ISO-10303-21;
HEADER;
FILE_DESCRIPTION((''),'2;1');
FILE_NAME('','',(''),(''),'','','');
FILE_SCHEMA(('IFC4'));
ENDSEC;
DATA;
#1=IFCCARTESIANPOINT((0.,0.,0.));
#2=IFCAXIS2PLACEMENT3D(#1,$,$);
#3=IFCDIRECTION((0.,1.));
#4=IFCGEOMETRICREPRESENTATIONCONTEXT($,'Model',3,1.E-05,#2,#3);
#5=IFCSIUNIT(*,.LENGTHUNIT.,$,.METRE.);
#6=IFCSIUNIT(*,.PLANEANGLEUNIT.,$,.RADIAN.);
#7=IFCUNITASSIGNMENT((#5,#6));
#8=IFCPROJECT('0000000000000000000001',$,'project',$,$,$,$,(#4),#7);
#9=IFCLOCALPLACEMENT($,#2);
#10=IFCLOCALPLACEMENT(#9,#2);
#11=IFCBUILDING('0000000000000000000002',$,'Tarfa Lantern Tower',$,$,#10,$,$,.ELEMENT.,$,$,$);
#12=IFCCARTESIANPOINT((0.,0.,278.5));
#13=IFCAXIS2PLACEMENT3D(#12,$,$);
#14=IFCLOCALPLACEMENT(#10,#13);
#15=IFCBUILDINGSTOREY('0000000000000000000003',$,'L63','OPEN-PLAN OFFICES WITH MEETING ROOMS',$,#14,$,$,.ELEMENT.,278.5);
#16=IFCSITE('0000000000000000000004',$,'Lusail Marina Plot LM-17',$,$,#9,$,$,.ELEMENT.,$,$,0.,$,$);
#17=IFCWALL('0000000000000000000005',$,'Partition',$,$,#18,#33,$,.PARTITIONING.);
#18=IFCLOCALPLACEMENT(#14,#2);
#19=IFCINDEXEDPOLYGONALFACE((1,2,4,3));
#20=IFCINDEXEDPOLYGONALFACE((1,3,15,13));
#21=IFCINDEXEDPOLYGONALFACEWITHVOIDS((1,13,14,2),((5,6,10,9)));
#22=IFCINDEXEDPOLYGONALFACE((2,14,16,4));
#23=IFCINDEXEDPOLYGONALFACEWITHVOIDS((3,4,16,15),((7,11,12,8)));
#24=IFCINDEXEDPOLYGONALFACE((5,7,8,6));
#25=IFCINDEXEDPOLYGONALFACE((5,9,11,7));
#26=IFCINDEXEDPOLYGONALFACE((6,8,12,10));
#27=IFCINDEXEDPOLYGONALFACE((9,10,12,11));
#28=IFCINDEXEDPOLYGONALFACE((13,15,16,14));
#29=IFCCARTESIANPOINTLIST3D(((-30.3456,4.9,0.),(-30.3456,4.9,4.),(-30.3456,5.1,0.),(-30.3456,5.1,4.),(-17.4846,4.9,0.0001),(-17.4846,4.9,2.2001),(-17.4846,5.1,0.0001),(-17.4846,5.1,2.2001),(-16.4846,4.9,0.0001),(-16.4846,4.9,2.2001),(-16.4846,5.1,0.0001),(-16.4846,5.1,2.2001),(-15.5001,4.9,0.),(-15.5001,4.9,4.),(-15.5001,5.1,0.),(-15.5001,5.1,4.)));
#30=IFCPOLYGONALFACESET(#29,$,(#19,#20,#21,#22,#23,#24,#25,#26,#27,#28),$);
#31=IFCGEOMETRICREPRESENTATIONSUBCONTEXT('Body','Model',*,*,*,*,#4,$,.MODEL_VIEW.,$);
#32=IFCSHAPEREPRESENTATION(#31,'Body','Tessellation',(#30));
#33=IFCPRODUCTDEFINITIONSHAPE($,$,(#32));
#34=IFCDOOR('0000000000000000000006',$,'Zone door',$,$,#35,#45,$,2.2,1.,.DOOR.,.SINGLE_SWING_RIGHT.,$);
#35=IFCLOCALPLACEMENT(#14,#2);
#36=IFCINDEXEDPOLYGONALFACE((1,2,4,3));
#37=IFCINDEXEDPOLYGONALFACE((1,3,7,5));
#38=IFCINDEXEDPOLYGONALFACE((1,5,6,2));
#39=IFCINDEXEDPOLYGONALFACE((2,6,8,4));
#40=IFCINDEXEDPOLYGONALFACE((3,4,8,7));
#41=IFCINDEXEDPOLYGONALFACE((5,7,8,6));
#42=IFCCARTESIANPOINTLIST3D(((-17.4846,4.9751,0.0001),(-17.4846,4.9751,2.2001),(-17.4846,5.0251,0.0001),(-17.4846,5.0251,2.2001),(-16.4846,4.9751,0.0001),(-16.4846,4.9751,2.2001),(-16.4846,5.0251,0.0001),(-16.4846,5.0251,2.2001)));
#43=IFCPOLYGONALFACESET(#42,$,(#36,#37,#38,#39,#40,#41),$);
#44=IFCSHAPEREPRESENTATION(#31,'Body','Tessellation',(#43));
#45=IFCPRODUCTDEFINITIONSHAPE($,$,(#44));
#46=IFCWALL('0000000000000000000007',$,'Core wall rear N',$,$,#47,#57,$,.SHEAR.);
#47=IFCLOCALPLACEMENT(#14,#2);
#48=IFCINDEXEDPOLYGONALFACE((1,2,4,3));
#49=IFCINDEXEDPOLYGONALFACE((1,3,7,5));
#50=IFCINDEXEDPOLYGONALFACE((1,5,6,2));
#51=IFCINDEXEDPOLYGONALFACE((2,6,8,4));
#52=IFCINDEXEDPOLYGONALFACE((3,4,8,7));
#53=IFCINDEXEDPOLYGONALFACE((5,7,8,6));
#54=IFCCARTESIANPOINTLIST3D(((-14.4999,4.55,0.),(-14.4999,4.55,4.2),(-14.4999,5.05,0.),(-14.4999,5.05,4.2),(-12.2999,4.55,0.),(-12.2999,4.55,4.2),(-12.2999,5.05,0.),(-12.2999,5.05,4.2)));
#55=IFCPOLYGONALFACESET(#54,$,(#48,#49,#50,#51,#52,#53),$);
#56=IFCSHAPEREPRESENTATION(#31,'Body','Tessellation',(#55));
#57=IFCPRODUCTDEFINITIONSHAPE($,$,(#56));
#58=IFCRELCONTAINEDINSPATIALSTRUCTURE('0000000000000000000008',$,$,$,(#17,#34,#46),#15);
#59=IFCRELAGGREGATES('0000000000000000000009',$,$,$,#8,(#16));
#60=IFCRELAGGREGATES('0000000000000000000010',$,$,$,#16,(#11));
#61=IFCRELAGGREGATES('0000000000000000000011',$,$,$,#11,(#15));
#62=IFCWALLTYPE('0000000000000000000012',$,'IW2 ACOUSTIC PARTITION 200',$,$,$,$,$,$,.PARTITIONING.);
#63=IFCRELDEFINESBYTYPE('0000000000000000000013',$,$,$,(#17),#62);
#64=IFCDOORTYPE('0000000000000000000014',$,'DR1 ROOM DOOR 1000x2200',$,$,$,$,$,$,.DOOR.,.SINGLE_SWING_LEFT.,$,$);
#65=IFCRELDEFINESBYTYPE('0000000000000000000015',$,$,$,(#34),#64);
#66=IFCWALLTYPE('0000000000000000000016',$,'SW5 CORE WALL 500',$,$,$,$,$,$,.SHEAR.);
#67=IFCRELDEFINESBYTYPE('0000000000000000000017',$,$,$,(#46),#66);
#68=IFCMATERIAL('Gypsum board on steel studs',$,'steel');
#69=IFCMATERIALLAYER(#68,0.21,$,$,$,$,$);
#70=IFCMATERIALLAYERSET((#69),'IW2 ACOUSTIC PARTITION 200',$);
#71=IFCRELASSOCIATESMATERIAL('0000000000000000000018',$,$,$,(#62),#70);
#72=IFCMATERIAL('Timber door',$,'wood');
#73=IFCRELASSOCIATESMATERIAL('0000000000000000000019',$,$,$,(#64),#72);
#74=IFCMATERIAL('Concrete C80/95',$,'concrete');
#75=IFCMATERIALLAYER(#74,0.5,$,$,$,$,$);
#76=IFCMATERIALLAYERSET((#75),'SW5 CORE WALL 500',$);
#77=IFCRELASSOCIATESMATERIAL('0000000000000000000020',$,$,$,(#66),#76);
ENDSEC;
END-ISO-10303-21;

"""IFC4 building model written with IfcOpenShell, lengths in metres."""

from ifc_helpers import new_model, si_unit, direction, frame, frame_2d, origin, place, context, subcontext, project, spatial, rectangle, extrude, material, layer, layer_set, type_object, element, fill, save


model = new_model("IFC4")

# Units and contexts
model_context = context("Model", 3, precision=1e-05, world=origin(), true_north=direction((0.0, 1.0)))
body_context = subcontext(model_context, "Body", "Model", "MODEL_VIEW")
ifc_project = project(units=[si_unit("LENGTHUNIT", "METRE"), si_unit("PLANEANGLEUNIT", "RADIAN")], contexts=[model_context])

# Site, building, storey
site_placement = place(None, origin())
site = spatial("IfcSite", under=ifc_project, at=site_placement, Name="Lusail Marina Plot LM-17", CompositionType="ELEMENT", RefElevation=0.0)
building_placement = place(site_placement, origin())
building = spatial("IfcBuilding", under=site, at=building_placement, Name="Tarfa Lantern Tower", CompositionType="ELEMENT")
storey_placement = place(building_placement, frame((0.0, 0.0, 278.5)))
storey = spatial("IfcBuildingStorey", under=building, at=storey_placement, Name="L63", Description="OPEN-PLAN OFFICES WITH MEETING ROOMS", CompositionType="ELEMENT", Elevation=278.5)

# Shared definitions
ifc_material_1 = material(Name="Concrete C80/95", Category="concrete")

# Shared definitions
ifc_material_2 = material(Name="Gypsum board on steel studs", Category="steel")
ifc_layer_1 = layer(ifc_material_2, 0.21)
ifc_layer_set_1 = layer_set([ifc_layer_1], Name="IW2 ACOUSTIC PARTITION 200")
wall_type_1 = type_object("IfcWallType", Name="IW2 ACOUSTIC PARTITION 200", PredefinedType="PARTITIONING", material=ifc_layer_set_1)

# Shared definitions
ifc_material_3 = material(Name="Timber door", Category="wood")

# Wall, opening, door
wall_1_placement = place(storey_placement, frame((-15.5, 5.0, 0.0), z_axis=(0.0, 0.0, 1.0), x_axis=(-1.0, 0.0, 0.0)))
wall_1 = element("IfcWall", 1, at=wall_1_placement, inside=storey, type_object=wall_type_1, Name="Partition", PredefinedType="PARTITIONING", context=body_context, shape_type="SweptSolid", body=[
    extrude(rectangle(XDim=14.8455, YDim=0.2, at=frame_2d((7.4229, 0.0))), origin(), (0.0, 0.0, 1.0), 4.0),
])
opening_1_placement = place(wall_1_placement, frame((0.9846, 0.0, 0.0)))
opening_1 = element("IfcOpeningElement", 2, at=opening_1_placement, cuts=wall_1, PredefinedType="OPENING", context=body_context, shape_type="SweptSolid", body=[
    extrude(rectangle(XDim=1.0, YDim=2.2, at=frame_2d((0.5, 1.1001))), frame((0.0, 0.1099, 0.0), z_axis=(0.0, -1.0, 0.0), x_axis=(1.0, 0.0, 0.0)), (0.0, 0.0, 1.0), 0.22),
])
door_type_1 = type_object("IfcDoorType", Name="DR1 ROOM DOOR 1000x2200", OperationType="SINGLE_SWING_LEFT", PredefinedType="DOOR", material=ifc_material_3)
door_1_placement = place(opening_1_placement, origin())
door_1 = element("IfcDoor", 3, at=door_1_placement, inside=storey, type_object=door_type_1, Name="Zone door", OperationType="SINGLE_SWING_RIGHT", OverallHeight=2.2, OverallWidth=1.0, PredefinedType="DOOR", context=body_context, shape_type="SweptSolid", body=[
    extrude(rectangle(XDim=1.0, YDim=2.2, at=frame_2d((0.5, 1.1001))), frame((0.0, 0.0249, 0.0), z_axis=(0.0, -1.0, 0.0), x_axis=(1.0, 0.0, 0.0)), (0.0, 0.0, 1.0), 0.05),
])
fill(opening_1, door_1)

# Wall
ifc_layer_2 = layer(ifc_material_1, 0.5)
ifc_layer_set_2 = layer_set([ifc_layer_2], Name="SW5 CORE WALL 500")
wall_type_2 = type_object("IfcWallType", Name="SW5 CORE WALL 500", PredefinedType="SHEAR", material=ifc_layer_set_2)
wall_2_placement = place(storey_placement, frame((-14.5, 4.8, 0.0), z_axis=(0.0, 0.0, 1.0), x_axis=(1.0, 0.0, 0.0)))
element("IfcWall", 4, at=wall_2_placement, inside=storey, type_object=wall_type_2, Name="Core wall rear N", PredefinedType="SHEAR", context=body_context, shape_type="SweptSolid", body=[
    extrude(rectangle(XDim=2.2, YDim=0.5, at=frame_2d((1.1001, 0.0))), origin(), (0.0, 0.0, 1.0), 4.2),
])

save(model, "model.ifc")
